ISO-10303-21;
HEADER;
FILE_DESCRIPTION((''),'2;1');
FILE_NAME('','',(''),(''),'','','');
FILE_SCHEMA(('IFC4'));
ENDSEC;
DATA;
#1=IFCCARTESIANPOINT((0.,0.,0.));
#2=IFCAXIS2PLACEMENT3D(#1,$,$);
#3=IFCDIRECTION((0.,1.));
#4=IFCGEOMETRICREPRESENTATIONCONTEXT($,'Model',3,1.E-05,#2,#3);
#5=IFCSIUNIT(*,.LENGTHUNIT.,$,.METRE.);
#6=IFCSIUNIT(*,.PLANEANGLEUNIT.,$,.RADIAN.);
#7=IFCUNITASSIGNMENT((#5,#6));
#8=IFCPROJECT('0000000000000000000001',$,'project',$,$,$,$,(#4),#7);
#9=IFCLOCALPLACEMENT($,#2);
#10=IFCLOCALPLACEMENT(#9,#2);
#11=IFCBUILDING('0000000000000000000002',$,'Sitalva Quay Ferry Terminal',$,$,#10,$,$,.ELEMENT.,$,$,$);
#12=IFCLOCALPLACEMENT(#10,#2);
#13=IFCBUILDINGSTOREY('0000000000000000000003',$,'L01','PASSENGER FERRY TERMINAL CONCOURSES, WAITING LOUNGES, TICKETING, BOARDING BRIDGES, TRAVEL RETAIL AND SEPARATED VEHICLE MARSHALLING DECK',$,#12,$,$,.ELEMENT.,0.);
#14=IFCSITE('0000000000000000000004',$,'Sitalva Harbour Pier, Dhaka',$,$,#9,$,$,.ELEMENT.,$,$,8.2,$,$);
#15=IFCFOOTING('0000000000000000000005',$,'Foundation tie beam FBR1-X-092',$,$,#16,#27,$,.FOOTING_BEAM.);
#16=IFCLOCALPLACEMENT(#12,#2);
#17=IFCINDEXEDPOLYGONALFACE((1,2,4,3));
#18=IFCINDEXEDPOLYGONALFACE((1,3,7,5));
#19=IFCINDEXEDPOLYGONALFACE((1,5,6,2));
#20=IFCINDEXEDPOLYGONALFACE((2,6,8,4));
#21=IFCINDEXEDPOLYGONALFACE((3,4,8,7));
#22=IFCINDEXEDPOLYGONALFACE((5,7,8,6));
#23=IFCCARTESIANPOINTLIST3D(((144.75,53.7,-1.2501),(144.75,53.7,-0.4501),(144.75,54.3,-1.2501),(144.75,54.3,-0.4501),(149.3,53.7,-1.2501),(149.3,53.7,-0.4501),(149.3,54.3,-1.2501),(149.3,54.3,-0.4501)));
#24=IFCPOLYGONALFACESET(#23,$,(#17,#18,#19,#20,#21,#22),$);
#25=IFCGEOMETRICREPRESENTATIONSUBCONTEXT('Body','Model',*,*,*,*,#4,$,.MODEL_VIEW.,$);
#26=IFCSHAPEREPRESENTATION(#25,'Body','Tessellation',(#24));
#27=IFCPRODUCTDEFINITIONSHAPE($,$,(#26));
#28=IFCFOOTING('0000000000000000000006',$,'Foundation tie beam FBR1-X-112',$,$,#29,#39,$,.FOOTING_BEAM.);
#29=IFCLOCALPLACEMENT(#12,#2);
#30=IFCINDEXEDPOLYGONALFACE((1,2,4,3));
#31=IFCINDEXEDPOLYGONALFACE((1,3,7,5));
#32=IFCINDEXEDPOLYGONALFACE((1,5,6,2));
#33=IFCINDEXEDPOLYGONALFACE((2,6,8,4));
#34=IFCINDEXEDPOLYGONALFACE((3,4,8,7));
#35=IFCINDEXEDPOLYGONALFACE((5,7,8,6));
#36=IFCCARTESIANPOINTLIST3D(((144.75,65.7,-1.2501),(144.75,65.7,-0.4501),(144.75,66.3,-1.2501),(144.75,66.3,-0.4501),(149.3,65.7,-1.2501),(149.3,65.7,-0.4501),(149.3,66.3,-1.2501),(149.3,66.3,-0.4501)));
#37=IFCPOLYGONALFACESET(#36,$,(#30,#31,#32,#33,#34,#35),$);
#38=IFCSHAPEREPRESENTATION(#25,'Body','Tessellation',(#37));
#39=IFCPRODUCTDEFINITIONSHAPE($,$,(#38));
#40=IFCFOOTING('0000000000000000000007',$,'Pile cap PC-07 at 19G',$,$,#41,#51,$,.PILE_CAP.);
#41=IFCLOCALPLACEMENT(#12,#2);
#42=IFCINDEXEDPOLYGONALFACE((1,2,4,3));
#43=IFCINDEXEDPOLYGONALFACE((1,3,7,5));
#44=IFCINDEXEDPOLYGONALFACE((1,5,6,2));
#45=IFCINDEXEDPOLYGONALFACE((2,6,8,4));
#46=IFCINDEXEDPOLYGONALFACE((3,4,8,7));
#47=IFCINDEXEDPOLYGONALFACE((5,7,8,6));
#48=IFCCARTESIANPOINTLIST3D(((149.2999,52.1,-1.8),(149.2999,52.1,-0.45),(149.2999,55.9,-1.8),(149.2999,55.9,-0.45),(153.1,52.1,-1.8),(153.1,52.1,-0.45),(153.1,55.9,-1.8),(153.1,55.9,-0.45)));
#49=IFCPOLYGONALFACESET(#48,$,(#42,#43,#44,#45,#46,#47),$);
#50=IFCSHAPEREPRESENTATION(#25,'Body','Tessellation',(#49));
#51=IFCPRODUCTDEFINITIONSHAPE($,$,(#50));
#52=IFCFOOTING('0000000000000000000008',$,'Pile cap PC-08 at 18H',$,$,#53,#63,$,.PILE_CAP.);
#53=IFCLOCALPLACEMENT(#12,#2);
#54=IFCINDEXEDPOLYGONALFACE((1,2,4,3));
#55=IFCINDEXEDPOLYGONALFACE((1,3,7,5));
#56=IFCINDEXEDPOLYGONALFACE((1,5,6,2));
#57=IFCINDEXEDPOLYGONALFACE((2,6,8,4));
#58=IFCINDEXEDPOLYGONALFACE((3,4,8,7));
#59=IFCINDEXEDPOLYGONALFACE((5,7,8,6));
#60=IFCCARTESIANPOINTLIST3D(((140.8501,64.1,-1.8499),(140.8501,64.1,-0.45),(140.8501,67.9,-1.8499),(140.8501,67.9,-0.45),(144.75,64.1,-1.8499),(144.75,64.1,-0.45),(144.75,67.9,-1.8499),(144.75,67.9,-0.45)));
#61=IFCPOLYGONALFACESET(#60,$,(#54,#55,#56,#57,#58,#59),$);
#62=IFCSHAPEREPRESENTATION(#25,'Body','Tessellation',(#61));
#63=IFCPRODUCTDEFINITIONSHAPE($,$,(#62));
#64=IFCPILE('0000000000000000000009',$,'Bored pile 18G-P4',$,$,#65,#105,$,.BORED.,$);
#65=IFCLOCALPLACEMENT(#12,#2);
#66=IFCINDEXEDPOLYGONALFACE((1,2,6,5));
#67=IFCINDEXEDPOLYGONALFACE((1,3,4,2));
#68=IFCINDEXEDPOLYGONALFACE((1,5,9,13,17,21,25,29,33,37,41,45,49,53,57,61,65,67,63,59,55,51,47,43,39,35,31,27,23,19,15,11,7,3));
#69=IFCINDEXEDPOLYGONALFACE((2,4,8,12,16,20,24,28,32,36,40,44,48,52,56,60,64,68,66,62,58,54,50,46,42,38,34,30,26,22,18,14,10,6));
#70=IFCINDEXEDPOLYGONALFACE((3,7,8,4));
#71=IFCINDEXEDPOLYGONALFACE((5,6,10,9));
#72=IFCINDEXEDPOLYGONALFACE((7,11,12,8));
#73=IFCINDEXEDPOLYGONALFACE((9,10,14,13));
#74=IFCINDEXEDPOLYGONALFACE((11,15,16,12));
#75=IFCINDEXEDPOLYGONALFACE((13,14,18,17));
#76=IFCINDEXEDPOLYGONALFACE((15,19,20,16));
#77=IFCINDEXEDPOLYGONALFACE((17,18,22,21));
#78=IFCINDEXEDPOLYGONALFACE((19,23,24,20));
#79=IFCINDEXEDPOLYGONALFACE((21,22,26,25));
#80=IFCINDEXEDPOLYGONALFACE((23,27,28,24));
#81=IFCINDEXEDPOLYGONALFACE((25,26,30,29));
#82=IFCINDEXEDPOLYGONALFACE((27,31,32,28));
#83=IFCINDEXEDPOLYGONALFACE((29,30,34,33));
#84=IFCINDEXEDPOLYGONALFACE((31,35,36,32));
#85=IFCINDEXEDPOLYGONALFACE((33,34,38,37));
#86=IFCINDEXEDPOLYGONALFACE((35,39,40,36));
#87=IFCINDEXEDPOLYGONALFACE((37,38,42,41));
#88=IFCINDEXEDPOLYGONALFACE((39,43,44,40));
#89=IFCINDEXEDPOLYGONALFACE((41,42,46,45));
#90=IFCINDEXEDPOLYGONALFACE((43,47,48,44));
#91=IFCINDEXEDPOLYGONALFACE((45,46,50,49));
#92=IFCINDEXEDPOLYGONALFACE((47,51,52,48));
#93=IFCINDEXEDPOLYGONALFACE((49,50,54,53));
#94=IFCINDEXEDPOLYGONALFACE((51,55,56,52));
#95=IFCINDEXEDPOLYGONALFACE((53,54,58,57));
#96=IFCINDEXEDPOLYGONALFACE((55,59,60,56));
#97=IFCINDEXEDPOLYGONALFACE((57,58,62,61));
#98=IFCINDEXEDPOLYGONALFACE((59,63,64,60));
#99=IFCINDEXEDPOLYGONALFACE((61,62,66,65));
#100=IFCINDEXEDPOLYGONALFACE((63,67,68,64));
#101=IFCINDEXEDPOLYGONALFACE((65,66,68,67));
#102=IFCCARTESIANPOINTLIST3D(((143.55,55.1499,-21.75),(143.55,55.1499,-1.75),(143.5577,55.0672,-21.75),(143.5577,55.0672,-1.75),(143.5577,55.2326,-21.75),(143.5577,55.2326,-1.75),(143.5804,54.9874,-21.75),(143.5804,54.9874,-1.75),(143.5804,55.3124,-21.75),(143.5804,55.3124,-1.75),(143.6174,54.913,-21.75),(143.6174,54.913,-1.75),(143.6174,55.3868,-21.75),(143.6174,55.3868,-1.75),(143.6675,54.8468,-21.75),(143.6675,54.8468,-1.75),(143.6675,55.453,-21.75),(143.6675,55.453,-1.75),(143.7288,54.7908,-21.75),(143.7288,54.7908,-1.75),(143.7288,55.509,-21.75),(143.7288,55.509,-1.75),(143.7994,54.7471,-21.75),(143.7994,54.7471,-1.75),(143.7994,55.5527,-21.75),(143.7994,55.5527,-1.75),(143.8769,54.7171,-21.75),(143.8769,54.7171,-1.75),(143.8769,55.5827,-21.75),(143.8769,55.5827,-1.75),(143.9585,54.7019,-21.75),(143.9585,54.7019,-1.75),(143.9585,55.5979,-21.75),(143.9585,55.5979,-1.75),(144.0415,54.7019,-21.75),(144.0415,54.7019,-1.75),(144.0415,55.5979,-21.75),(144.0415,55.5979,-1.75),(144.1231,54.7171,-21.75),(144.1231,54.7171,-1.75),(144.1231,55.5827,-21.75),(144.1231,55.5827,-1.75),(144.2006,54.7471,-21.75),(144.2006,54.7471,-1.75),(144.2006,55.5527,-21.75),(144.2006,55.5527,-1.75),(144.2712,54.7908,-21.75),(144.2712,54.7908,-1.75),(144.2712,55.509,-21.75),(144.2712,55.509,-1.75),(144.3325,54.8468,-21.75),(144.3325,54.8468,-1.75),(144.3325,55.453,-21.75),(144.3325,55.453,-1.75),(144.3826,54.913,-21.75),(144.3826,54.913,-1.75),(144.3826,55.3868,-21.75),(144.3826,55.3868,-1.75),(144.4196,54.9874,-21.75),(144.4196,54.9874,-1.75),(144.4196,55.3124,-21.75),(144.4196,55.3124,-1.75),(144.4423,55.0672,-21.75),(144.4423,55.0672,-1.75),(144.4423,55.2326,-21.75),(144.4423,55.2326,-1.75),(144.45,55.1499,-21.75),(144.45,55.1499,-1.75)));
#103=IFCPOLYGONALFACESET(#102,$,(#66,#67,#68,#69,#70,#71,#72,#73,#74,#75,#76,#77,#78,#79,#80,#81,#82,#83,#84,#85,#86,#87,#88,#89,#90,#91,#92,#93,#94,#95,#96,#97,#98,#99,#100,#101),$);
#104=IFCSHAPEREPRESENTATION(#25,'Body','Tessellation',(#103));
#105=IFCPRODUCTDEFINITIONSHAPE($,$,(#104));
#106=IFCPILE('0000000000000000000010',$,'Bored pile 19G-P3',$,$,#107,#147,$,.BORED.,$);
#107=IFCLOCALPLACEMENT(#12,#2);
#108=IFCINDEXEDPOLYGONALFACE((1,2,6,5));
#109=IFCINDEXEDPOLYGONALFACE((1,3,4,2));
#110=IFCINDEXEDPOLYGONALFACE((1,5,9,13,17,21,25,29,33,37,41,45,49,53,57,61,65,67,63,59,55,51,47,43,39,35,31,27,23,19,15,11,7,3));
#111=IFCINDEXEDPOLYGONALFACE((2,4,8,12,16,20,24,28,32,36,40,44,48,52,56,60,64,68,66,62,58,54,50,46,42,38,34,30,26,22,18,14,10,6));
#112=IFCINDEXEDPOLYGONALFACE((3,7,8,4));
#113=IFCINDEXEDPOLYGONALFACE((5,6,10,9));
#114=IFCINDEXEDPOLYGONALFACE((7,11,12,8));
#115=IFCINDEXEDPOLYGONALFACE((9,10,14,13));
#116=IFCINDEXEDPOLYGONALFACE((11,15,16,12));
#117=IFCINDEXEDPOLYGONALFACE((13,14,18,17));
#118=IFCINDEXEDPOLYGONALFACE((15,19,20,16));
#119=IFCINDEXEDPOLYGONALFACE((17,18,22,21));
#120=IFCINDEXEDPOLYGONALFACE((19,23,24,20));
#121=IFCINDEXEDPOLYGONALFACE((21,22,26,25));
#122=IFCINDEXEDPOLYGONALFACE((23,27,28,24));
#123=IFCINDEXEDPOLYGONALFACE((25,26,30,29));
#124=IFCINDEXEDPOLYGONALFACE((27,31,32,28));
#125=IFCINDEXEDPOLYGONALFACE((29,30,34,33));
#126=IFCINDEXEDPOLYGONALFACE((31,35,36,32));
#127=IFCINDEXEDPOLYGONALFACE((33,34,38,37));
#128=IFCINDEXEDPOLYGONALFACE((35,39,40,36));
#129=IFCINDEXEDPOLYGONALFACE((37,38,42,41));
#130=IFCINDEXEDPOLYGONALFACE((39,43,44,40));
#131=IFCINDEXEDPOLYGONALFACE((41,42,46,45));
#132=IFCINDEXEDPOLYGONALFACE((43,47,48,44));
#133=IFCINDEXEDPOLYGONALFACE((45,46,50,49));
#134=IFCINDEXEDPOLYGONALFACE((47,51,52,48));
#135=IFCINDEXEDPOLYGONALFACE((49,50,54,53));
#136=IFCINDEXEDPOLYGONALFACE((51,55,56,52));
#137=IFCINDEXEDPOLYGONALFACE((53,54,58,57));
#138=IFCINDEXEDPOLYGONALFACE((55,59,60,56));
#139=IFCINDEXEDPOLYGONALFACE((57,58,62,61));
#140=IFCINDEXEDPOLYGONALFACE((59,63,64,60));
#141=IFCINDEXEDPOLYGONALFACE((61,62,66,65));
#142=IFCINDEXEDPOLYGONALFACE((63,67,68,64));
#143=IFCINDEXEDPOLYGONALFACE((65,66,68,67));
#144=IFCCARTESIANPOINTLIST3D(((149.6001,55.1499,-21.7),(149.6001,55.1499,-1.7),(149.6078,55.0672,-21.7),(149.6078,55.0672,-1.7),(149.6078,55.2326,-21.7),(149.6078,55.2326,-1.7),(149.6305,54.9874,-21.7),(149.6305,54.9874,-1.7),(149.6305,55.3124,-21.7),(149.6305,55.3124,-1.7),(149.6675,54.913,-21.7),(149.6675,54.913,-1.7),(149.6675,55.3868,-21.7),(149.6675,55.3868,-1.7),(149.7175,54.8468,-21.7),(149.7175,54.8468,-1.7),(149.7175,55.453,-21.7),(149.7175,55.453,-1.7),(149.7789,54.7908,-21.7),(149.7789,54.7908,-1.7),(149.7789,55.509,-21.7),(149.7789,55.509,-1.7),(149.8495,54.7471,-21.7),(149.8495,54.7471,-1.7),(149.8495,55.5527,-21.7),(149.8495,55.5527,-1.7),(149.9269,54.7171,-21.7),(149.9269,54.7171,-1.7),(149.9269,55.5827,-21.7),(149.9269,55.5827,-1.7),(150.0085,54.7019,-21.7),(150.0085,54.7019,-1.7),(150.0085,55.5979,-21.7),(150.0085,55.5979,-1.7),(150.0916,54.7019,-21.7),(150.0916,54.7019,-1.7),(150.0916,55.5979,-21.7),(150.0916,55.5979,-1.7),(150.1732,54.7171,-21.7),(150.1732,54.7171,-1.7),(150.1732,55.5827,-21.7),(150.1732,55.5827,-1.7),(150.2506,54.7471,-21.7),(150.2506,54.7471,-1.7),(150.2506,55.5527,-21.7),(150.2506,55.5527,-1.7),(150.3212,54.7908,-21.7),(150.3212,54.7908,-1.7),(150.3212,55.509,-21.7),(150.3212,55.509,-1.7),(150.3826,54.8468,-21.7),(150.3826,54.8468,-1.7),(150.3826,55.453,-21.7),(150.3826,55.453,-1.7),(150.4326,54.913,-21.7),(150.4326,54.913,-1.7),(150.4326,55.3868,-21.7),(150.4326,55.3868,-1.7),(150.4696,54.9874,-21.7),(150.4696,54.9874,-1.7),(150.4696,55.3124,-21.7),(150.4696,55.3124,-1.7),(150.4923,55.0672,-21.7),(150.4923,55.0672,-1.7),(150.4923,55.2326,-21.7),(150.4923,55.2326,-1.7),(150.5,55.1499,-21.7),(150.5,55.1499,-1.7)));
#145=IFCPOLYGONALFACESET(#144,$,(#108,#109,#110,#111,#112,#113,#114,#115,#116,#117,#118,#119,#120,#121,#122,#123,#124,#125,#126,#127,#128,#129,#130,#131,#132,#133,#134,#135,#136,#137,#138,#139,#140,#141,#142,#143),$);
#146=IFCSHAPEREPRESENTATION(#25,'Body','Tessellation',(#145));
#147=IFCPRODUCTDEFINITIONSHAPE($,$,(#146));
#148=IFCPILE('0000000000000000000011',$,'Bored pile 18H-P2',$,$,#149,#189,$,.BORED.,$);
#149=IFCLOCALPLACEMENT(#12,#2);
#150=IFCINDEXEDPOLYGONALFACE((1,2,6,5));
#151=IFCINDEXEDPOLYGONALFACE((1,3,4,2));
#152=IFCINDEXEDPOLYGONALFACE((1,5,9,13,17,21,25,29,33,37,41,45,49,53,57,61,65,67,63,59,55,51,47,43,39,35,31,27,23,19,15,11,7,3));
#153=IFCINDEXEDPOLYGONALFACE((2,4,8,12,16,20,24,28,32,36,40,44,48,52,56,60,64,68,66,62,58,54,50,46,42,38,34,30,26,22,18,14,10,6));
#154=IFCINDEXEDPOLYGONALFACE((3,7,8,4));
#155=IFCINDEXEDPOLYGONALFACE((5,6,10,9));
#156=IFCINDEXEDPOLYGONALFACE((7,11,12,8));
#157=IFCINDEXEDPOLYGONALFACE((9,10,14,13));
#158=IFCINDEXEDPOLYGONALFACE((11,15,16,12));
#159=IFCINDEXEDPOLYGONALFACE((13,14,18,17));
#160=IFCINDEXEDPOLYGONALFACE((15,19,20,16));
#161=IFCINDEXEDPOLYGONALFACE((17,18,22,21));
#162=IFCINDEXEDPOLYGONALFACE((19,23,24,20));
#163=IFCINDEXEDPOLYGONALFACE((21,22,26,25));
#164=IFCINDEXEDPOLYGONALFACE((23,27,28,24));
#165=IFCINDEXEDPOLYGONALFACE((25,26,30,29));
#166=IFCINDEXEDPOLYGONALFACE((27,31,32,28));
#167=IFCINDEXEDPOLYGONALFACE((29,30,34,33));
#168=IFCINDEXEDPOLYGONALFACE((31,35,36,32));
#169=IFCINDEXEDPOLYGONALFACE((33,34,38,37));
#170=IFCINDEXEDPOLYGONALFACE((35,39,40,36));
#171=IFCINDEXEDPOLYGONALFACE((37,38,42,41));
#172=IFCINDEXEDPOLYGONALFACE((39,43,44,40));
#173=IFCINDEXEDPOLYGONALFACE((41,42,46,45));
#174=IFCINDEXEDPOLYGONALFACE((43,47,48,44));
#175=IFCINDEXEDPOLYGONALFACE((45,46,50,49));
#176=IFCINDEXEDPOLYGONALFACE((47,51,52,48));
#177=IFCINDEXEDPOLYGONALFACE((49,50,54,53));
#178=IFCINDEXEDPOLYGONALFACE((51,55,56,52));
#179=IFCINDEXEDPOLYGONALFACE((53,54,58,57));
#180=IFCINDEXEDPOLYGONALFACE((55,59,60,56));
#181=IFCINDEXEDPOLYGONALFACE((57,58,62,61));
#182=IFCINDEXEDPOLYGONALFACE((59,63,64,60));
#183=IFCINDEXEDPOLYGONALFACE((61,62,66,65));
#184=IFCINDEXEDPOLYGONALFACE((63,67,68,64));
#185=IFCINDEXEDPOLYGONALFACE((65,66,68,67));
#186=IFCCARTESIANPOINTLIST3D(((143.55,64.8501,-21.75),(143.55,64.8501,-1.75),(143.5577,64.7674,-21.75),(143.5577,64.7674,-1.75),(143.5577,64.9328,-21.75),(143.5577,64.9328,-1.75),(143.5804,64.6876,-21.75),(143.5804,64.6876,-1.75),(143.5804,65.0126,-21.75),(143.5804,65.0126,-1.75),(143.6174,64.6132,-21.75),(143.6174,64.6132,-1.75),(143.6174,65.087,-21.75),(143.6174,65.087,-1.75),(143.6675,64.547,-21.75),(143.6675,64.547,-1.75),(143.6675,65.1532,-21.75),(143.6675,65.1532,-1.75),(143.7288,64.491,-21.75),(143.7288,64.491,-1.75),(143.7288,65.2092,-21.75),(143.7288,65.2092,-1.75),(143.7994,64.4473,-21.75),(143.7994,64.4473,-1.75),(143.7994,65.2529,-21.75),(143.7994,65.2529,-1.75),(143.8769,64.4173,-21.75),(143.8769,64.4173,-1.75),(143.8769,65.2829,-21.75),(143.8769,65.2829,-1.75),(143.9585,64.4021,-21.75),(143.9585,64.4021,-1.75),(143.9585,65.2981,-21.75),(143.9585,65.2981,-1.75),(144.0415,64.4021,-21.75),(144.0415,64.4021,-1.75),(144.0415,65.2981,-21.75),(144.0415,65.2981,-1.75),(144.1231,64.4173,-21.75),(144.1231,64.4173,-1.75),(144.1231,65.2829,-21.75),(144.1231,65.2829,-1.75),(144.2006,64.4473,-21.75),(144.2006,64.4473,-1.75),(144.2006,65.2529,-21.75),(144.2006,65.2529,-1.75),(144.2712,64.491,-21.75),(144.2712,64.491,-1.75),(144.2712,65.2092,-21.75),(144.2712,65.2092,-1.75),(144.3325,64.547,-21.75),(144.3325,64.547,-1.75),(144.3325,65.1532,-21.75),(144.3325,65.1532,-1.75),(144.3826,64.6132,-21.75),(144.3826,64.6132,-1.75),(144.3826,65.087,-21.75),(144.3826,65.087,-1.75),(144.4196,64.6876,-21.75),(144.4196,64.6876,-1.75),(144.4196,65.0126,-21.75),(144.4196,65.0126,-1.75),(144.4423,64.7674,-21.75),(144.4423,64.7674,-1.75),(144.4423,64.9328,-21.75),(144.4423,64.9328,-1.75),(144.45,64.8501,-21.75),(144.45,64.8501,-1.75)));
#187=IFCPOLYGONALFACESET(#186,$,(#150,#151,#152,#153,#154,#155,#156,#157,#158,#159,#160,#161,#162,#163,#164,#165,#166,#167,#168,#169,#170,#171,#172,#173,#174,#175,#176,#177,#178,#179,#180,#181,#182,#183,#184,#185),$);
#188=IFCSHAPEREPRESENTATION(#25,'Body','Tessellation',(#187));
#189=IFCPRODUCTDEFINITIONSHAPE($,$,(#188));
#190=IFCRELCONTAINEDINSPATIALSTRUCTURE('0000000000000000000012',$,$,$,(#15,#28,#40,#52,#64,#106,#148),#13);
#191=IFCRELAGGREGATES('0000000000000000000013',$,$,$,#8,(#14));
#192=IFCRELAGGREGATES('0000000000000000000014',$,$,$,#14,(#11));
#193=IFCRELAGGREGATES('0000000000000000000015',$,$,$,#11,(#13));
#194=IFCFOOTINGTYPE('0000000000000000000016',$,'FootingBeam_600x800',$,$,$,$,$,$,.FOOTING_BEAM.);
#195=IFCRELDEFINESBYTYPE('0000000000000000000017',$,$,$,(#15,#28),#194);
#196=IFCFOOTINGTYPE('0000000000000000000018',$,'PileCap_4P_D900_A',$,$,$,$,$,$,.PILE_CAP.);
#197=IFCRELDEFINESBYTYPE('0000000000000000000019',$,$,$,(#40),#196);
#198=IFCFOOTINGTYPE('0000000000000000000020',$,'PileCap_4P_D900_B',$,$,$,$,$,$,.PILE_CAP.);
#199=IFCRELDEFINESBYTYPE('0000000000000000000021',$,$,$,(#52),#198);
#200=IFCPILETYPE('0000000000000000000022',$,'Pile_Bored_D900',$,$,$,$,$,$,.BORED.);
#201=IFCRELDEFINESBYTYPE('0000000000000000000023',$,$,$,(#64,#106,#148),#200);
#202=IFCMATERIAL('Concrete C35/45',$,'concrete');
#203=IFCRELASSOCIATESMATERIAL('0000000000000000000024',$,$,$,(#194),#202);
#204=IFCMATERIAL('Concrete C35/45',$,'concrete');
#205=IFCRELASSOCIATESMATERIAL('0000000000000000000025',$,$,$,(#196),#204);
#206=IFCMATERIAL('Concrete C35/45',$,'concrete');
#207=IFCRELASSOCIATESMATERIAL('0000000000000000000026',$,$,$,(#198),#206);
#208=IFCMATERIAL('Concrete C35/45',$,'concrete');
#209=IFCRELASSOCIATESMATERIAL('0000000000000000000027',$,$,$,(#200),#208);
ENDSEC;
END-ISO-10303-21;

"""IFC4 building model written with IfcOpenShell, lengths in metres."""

from ifc_helpers import new_model, si_unit, direction, frame, origin, origin_2d, place, context, subcontext, project, spatial, rectangle, circle, extrude, material, material_profile, profile_set, type_object, element, save


model = new_model("IFC4")

# Units and contexts
model_context = context("Model", 3, precision=1e-05, world=origin(), true_north=direction((0.0, 1.0)))
body_context = subcontext(model_context, "Body", "Model", "MODEL_VIEW")
ifc_project = project(units=[si_unit("LENGTHUNIT", "METRE"), si_unit("PLANEANGLEUNIT", "RADIAN")], contexts=[model_context])

# Site, building, storey
site_placement = place(None, origin())
site = spatial("IfcSite", under=ifc_project, at=site_placement, Name="Sitalva Harbour Pier, Dhaka", CompositionType="ELEMENT", RefElevation=8.2)
building_placement = place(site_placement, origin())
building = spatial("IfcBuilding", under=site, at=building_placement, Name="Sitalva Quay Ferry Terminal", CompositionType="ELEMENT")
storey_placement = place(building_placement, origin())
storey = spatial("IfcBuildingStorey", under=building, at=storey_placement, Name="L01", Description="PASSENGER FERRY TERMINAL CONCOURSES, WAITING LOUNGES, TICKETING, BOARDING BRIDGES, TRAVEL RETAIL AND SEPARATED VEHICLE MARSHALLING DECK", CompositionType="ELEMENT", Elevation=0.0)

# Footings
ifc_material_1 = material(Name="Concrete C35/45", Category="concrete")
ifc_material_profile_1 = material_profile(ifc_material_1, rectangle(XDim=0.6001, YDim=0.8, at=origin_2d()), Name="RC600x800")
ifc_profile_set_1 = profile_set([ifc_material_profile_1], Name="Concrete C35/45")
footing_type_1 = type_object("IfcFootingType", Name="FootingBeam_600x800", PredefinedType="FOOTING_BEAM", material=ifc_profile_set_1)
for number, where, z_axis, x_axis, name in (
    (1, (144.75, 54.0, -0.8501), (1.0, 0.0, 0.0), (0.0, 1.0, 0.0), "Foundation tie beam FBR1-X-092"),
    (2, (144.75, 66.0, -0.8501), (1.0, 0.0, 0.0), (0.0, 1.0, 0.0), "Foundation tie beam FBR1-X-112"),
):
    element("IfcFooting", number, at=place(storey_placement, frame(where, z_axis=z_axis, x_axis=x_axis)), inside=storey, type_object=footing_type_1, Name=name, PredefinedType="FOOTING_BEAM", context=body_context, shape_type="SweptSolid", body=[
        extrude(rectangle(XDim=0.6001, YDim=0.8, at=origin_2d()), origin(), (0.0, 0.0, 1.0), 4.55),
    ])
ifc_material_2 = material(Name="Concrete C35/45", Category="concrete")
footing_type_2 = type_object("IfcFootingType", Name="PileCap_4P_D900_A", PredefinedType="PILE_CAP", material=ifc_material_2)
footing_1_placement = place(storey_placement, frame((151.2, 54.0, -1.8), z_axis=(0.0, 0.0, 1.0), x_axis=(1.0, 0.0, 0.0)))
element("IfcFooting", 3, at=footing_1_placement, inside=storey, type_object=footing_type_2, Name="Pile cap PC-07 at 19G", PredefinedType="PILE_CAP", context=body_context, shape_type="SweptSolid", body=[
    extrude(rectangle(XDim=3.8, YDim=3.8, at=origin_2d()), origin(), (0.0, 0.0, 1.0), 1.3501),
])
ifc_material_3 = material(Name="Concrete C35/45", Category="concrete")
footing_type_3 = type_object("IfcFootingType", Name="PileCap_4P_D900_B", PredefinedType="PILE_CAP", material=ifc_material_3)
footing_2_placement = place(storey_placement, frame((142.8, 66.0, -1.8499), z_axis=(0.0, 0.0, 1.0), x_axis=(1.0, 0.0, 0.0)))
element("IfcFooting", 4, at=footing_2_placement, inside=storey, type_object=footing_type_3, Name="Pile cap PC-08 at 18H", PredefinedType="PILE_CAP", context=body_context, shape_type="SweptSolid", body=[
    extrude(rectangle(XDim=3.8999, YDim=3.8, at=origin_2d()), origin(), (0.0, 0.0, 1.0), 1.3999),
])

# Piles
ifc_material_4 = material(Name="Concrete C35/45", Category="concrete")
ifc_material_profile_2 = material_profile(ifc_material_4, circle(Radius=0.45, at=origin_2d()), Name="PILE-D900")
ifc_profile_set_2 = profile_set([ifc_material_profile_2], Name="Concrete C35/45")
pile_type = type_object("IfcPileType", Name="Pile_Bored_D900", PredefinedType="BORED", material=ifc_profile_set_2)
for number, where, z_axis, x_axis, name in (
    (5, (144.0, 55.1499, -1.75), (0.0, 0.0, -1.0), (1.0, 0.0, 0.0), "Bored pile 18G-P4"),
    (6, (150.05, 55.1499, -1.7), (0.0, 0.0, -1.0), (1.0, 0.0, 0.0), "Bored pile 19G-P3"),
    (7, (144.0, 64.8501, -1.75), (0.0, 0.0, -1.0), (1.0, 0.0, 0.0), "Bored pile 18H-P2"),
):
    element("IfcPile", number, at=place(storey_placement, frame(where, z_axis=z_axis, x_axis=x_axis)), inside=storey, type_object=pile_type, Name=name, PredefinedType="BORED", context=body_context, shape_type="SweptSolid", body=[
        extrude(circle(Radius=0.45, at=origin_2d()), origin(), (0.0, 0.0, 1.0), 20.0),
    ])

save(model, "model.ifc")
